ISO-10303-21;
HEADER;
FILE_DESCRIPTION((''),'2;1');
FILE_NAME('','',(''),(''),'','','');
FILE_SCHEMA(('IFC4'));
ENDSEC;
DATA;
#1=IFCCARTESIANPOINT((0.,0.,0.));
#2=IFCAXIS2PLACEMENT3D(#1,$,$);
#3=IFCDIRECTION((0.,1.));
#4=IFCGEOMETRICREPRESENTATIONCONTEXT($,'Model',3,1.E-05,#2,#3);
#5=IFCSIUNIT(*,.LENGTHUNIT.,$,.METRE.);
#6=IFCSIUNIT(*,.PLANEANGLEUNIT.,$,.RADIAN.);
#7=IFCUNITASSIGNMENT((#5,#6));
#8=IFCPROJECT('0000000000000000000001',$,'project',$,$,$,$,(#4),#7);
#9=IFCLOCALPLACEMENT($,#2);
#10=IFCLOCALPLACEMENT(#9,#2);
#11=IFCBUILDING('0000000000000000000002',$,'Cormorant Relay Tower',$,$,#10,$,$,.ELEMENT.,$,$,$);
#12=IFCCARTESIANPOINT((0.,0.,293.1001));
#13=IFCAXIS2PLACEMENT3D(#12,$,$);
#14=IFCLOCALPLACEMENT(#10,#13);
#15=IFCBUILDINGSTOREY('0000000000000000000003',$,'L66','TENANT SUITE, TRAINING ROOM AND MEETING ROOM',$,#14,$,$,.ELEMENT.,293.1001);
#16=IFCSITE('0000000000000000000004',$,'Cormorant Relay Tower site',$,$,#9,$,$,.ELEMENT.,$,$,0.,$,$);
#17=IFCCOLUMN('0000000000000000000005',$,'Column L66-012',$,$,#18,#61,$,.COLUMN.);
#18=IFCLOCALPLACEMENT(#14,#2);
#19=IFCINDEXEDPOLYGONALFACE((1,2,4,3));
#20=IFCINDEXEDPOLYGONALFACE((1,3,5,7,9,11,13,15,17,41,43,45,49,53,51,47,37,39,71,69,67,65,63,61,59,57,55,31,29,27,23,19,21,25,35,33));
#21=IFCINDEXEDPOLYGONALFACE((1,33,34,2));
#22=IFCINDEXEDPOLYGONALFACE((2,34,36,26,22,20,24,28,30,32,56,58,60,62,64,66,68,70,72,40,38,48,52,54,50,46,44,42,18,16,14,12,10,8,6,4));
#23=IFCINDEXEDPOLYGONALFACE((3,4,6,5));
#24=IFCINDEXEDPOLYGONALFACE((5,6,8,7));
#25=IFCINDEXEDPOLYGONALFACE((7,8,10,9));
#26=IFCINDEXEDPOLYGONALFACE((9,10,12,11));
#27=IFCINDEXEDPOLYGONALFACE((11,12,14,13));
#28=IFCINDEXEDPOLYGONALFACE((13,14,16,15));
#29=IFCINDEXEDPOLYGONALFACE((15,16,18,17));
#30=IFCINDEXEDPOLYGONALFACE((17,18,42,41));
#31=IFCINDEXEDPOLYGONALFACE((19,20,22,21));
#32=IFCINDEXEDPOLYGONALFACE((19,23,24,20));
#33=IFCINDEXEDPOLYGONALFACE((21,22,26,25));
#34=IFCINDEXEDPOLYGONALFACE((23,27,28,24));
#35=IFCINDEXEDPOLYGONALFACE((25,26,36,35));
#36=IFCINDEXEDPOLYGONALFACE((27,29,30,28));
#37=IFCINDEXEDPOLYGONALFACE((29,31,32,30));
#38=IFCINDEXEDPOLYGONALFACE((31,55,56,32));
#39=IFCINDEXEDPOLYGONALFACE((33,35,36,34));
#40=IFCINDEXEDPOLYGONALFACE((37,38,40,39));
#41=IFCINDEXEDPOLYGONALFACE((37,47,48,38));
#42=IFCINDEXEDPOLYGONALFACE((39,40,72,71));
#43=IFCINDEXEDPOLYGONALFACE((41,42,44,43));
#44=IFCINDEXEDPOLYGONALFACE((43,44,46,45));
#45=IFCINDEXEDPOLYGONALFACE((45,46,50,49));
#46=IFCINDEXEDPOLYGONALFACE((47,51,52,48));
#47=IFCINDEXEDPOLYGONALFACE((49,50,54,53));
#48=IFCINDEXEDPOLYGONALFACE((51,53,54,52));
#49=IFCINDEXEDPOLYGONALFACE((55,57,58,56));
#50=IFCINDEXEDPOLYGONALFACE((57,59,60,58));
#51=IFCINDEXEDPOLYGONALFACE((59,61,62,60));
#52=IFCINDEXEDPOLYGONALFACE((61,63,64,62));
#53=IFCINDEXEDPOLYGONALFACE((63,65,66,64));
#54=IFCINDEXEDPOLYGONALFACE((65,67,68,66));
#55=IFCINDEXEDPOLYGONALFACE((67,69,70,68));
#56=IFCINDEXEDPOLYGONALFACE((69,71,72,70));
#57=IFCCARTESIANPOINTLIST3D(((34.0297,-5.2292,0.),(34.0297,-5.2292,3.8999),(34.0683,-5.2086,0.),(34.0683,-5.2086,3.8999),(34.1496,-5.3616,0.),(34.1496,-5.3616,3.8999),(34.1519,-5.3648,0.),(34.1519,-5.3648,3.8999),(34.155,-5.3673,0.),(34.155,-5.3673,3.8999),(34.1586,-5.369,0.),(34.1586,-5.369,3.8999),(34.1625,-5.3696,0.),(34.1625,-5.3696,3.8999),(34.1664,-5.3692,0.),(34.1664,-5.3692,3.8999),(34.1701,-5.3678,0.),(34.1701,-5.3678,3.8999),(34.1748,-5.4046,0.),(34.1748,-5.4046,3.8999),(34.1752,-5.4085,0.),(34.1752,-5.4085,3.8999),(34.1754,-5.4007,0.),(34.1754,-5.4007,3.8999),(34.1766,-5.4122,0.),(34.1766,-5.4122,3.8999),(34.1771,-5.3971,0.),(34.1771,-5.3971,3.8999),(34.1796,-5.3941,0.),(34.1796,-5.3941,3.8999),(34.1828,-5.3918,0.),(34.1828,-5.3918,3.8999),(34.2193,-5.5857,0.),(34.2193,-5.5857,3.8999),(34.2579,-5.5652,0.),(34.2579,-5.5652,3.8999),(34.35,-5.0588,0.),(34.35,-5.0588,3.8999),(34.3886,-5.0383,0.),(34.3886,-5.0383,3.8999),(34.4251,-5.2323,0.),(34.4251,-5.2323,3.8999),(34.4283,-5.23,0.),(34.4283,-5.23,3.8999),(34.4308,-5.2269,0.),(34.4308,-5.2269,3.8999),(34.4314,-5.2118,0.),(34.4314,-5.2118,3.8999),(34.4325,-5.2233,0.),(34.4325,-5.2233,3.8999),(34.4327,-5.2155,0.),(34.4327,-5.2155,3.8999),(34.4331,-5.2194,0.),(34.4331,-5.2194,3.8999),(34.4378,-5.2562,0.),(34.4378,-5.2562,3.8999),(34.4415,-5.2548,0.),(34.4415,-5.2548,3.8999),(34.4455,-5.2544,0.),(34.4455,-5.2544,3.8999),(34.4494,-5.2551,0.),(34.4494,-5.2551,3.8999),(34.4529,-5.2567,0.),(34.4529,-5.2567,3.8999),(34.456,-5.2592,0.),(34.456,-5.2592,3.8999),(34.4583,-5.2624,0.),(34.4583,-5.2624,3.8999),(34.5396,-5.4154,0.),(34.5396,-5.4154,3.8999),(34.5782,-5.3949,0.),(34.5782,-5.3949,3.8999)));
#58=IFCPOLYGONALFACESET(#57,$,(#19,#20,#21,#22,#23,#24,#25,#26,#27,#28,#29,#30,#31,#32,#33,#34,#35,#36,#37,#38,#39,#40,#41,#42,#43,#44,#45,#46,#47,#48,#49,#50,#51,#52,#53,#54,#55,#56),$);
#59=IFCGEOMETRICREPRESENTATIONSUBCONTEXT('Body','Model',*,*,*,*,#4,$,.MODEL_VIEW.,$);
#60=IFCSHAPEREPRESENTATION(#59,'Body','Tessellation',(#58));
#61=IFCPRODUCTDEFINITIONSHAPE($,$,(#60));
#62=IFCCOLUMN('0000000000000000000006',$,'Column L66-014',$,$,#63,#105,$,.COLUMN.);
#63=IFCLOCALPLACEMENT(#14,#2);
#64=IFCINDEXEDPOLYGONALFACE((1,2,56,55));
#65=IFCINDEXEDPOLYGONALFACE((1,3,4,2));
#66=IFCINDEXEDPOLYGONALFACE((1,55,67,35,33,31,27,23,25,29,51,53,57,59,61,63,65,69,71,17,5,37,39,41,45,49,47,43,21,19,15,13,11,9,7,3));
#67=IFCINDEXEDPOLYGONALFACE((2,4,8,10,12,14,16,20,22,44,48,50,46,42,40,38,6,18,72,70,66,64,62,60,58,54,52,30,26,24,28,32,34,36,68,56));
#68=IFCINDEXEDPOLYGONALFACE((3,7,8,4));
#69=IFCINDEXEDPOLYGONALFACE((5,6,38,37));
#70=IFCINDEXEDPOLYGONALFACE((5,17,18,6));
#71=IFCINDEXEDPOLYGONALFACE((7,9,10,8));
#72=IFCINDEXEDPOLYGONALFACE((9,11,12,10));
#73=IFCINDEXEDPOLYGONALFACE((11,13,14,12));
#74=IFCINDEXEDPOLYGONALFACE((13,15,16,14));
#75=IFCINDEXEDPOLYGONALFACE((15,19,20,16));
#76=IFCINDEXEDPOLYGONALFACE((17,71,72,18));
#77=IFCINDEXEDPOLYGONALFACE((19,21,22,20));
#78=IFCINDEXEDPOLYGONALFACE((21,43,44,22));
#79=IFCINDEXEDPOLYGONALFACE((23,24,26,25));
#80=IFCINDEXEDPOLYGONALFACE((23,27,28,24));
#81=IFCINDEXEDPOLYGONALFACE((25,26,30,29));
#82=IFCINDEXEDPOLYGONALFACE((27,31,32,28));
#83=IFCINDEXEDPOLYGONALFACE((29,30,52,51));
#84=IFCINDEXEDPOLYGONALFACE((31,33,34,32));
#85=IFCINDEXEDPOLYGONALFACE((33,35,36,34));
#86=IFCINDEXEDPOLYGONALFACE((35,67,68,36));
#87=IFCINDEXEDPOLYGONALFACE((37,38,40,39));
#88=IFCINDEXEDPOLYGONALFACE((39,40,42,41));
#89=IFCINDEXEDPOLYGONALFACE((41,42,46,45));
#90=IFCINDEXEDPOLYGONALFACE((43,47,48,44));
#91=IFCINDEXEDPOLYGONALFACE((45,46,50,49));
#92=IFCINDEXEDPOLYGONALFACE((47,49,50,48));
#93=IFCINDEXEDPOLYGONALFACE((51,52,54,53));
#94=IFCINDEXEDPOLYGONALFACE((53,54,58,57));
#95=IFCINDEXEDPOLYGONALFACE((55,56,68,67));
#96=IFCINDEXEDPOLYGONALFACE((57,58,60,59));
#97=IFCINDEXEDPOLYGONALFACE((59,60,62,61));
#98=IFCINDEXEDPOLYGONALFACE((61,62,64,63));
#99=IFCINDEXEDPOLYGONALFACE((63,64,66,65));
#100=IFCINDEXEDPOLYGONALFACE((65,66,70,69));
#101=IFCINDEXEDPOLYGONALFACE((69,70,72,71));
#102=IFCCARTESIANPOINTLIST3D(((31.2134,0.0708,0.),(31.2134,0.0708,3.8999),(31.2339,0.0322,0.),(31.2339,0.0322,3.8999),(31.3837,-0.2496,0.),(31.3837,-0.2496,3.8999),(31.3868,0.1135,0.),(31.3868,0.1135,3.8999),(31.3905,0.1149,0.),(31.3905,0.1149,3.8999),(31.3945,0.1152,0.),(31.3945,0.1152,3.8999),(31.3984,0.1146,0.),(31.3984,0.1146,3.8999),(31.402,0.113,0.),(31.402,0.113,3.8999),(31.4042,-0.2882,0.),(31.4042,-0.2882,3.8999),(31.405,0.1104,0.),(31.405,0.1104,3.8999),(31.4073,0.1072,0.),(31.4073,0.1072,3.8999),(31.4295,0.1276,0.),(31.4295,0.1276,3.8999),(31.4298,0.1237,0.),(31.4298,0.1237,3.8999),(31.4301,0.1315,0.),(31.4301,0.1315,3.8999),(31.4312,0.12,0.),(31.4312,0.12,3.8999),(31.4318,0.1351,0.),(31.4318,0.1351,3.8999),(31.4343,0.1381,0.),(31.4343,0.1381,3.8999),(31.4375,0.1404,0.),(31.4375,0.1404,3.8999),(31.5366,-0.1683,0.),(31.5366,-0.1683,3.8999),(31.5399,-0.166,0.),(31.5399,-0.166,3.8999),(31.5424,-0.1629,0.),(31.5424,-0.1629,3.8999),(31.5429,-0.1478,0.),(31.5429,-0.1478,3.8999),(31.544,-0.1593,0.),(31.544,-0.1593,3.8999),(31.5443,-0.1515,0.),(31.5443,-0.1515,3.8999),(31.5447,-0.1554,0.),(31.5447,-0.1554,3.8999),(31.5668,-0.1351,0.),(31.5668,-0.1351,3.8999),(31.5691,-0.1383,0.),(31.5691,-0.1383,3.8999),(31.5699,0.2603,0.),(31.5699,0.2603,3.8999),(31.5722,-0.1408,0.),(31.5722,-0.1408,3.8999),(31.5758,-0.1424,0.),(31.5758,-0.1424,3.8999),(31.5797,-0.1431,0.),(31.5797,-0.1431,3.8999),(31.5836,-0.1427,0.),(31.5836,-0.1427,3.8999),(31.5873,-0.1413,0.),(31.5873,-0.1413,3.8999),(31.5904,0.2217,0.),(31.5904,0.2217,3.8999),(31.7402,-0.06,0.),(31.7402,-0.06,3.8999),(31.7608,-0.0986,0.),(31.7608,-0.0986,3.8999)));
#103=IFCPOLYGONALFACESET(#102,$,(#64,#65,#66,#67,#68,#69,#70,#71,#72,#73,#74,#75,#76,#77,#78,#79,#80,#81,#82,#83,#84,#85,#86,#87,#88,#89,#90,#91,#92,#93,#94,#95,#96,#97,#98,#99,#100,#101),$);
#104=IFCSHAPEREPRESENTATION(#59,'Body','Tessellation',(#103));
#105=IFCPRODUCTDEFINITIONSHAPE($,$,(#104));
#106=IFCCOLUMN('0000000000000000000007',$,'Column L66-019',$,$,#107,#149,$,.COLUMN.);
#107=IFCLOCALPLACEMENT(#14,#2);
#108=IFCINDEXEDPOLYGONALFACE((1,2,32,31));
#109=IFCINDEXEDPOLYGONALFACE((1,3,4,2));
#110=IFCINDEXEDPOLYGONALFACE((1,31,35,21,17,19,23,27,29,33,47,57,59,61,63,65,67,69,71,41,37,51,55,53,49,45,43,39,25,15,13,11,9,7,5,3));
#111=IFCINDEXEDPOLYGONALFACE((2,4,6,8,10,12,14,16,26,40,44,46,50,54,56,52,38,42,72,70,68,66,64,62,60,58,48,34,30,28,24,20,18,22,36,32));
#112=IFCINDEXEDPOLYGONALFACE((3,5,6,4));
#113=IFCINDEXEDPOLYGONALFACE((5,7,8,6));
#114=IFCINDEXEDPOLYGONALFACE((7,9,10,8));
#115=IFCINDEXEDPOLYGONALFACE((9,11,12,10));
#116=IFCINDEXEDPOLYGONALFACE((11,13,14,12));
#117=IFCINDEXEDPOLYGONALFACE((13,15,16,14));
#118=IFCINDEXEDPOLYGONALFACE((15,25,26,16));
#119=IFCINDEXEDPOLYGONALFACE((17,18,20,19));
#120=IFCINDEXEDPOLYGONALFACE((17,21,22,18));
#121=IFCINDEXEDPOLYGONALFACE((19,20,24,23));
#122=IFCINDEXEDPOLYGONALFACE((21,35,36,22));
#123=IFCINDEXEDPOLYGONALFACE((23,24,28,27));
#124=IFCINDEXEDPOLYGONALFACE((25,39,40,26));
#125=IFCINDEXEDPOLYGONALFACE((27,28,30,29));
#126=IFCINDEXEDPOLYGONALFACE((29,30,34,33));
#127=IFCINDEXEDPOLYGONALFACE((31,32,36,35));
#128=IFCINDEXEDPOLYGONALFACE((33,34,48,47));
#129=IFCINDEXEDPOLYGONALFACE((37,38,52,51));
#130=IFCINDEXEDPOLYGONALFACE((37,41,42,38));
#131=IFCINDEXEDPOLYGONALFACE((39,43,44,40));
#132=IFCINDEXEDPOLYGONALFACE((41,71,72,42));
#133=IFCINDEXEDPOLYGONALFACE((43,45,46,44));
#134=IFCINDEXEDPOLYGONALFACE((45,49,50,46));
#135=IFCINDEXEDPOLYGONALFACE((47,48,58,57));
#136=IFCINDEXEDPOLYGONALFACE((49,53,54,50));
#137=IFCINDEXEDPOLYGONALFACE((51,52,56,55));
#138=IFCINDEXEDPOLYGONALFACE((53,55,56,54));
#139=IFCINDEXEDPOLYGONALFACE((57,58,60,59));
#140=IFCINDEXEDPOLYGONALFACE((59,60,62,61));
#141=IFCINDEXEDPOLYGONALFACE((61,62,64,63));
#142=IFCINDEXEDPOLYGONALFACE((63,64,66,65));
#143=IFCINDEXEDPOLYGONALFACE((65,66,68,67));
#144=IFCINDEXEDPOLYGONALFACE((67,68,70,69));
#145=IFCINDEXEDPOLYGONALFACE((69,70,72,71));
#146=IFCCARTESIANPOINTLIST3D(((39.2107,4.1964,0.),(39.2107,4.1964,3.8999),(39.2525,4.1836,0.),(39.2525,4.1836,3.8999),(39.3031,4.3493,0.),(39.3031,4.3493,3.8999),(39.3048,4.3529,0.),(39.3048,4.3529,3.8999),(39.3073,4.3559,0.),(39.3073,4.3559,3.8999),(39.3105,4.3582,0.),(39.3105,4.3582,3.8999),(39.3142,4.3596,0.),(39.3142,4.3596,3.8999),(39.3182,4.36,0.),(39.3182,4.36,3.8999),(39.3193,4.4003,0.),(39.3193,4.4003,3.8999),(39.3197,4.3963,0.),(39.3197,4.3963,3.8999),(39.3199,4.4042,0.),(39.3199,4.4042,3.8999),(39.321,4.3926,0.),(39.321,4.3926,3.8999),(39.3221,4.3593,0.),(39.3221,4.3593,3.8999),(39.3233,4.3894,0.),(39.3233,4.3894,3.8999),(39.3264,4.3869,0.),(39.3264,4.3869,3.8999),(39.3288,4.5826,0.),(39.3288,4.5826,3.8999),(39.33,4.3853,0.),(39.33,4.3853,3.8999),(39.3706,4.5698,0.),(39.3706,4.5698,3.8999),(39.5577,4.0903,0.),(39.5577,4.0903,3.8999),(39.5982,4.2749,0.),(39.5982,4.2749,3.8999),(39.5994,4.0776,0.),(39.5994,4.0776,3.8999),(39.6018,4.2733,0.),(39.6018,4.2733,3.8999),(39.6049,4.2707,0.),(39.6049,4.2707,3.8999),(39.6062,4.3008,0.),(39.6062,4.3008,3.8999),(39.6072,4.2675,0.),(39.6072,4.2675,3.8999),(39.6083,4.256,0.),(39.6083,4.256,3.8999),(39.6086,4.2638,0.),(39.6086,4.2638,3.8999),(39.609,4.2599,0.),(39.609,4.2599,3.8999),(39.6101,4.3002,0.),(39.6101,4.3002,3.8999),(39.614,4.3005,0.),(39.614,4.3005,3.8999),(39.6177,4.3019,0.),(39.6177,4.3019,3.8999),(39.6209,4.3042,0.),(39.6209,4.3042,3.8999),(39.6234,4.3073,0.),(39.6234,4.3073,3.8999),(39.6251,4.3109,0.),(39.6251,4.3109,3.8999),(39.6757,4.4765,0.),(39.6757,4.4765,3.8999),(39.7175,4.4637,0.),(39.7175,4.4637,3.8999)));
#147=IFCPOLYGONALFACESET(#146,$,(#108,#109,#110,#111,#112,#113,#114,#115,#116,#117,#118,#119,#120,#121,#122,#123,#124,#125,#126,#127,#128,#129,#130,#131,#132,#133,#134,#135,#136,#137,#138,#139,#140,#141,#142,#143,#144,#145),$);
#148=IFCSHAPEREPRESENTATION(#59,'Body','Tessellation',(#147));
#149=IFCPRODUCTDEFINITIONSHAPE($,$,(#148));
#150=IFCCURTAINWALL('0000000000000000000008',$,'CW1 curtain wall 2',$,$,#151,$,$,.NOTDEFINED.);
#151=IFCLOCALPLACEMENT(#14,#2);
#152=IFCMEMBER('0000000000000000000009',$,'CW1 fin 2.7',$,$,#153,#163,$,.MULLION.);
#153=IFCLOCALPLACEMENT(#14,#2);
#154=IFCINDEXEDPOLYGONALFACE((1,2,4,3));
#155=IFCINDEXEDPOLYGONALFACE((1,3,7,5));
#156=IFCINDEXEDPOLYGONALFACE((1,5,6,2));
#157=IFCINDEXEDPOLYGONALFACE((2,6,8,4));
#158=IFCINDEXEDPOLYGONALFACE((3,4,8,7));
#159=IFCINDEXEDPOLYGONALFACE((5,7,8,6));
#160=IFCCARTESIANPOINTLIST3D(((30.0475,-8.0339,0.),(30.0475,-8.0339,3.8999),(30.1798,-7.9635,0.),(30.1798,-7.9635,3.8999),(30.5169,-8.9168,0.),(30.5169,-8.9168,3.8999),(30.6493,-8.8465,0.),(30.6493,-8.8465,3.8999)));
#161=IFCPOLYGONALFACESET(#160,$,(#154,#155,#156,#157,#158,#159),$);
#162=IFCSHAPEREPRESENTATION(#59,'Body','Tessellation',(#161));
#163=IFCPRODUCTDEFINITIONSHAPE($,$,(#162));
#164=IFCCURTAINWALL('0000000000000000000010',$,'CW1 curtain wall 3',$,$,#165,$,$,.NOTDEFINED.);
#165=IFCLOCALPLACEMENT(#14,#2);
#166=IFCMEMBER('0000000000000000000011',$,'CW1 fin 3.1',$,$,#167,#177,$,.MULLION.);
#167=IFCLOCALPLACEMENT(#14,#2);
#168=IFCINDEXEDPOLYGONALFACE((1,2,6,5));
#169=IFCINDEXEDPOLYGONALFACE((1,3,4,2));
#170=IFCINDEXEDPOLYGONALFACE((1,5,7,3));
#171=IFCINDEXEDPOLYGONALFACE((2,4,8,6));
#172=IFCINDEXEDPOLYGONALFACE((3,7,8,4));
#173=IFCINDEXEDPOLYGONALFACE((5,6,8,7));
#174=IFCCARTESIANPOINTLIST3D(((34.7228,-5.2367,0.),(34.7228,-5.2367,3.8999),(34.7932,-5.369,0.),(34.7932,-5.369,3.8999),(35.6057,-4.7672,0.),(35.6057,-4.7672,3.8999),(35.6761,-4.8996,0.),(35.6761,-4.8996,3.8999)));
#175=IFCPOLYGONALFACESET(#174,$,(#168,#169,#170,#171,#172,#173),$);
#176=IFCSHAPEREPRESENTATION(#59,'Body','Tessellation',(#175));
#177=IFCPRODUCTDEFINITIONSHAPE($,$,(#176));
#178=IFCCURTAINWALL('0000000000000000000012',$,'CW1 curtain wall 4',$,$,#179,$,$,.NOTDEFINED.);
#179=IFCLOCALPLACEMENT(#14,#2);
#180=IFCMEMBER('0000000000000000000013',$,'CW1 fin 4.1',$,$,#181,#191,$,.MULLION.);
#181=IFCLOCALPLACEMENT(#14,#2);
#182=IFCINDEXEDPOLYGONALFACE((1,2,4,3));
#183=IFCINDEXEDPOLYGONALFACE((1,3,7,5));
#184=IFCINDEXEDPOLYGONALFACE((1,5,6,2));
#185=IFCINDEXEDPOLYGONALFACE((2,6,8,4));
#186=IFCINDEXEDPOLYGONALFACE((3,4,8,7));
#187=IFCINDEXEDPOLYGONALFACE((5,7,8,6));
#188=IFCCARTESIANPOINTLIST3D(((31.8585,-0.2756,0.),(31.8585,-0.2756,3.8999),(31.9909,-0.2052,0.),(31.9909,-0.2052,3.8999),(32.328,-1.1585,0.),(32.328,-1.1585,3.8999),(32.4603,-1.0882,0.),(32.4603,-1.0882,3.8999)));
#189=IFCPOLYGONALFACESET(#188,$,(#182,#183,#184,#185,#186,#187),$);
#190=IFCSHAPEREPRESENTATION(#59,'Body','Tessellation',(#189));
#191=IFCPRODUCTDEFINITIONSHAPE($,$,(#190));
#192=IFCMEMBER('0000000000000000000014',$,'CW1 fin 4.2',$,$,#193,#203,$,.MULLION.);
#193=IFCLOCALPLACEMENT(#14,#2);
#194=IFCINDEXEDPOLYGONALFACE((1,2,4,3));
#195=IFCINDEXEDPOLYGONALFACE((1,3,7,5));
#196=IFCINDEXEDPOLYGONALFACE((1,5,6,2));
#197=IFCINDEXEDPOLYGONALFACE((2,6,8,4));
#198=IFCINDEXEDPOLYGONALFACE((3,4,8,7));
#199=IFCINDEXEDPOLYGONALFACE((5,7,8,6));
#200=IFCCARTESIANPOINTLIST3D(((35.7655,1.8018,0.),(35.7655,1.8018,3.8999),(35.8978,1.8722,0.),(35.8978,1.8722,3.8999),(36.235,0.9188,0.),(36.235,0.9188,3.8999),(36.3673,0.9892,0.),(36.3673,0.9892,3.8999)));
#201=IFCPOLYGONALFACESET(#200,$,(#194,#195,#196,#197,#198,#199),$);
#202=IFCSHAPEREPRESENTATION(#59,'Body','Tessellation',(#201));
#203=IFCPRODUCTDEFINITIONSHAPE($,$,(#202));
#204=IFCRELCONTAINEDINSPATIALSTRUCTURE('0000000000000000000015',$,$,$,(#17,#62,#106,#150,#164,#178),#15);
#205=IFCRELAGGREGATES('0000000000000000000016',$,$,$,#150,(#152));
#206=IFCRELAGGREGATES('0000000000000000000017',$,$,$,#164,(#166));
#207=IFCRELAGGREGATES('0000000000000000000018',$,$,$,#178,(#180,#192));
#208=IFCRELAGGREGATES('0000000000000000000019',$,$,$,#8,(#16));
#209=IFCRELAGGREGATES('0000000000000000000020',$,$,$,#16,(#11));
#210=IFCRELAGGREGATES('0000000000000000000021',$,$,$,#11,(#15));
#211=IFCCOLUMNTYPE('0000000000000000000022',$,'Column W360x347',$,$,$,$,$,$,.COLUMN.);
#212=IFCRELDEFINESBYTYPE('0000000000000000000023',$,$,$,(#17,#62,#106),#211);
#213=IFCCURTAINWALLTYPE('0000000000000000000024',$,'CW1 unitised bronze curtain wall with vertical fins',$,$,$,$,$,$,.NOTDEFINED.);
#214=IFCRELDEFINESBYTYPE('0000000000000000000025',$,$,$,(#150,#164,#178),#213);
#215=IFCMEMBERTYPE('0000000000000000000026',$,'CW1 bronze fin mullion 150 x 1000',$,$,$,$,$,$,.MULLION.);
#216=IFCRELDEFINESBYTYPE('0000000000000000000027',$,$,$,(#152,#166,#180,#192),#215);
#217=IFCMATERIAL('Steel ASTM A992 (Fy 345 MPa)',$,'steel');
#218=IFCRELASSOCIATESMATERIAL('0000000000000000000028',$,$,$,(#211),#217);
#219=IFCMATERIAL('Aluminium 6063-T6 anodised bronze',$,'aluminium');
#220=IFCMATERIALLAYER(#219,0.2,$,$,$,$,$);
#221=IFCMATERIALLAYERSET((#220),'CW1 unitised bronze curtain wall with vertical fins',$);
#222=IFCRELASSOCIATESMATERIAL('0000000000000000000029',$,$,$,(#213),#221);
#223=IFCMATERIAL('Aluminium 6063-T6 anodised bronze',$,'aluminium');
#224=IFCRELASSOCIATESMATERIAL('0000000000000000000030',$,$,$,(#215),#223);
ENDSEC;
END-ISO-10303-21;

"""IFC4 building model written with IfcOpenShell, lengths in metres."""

from ifc_helpers import new_model, si_unit, direction, frame, origin, origin_2d, place, context, subcontext, project, spatial, rectangle, i_section, extrude, material, layer, layer_set, material_profile, profile_set, type_object, element, aggregate, save


model = new_model("IFC4")

# Units and contexts
model_context = context("Model", 3, precision=1e-05, world=origin(), true_north=direction((0.0, 1.0)))
body_context = subcontext(model_context, "Body", "Model", "MODEL_VIEW")
ifc_project = project(units=[si_unit("LENGTHUNIT", "METRE"), si_unit("PLANEANGLEUNIT", "RADIAN")], contexts=[model_context])

# Site, building, storey
site_placement = place(None, origin())
site = spatial("IfcSite", under=ifc_project, at=site_placement, Name="Cormorant Relay Tower site", CompositionType="ELEMENT", RefElevation=0.0)
building_placement = place(site_placement, origin())
building = spatial("IfcBuilding", under=site, at=building_placement, Name="Cormorant Relay Tower", CompositionType="ELEMENT")
storey_placement = place(building_placement, frame((0.0, 0.0, 293.1001)))
storey = spatial("IfcBuildingStorey", under=building, at=storey_placement, Name="L66", Description="TENANT SUITE, TRAINING ROOM AND MEETING ROOM", CompositionType="ELEMENT", Elevation=293.1001)

# Columns
ifc_material_1 = material(Name="Steel ASTM A992 (Fy 345 MPa)", Category="steel")
ifc_material_profile_1 = material_profile(ifc_material_1, i_section(OverallWidth=0.4038, OverallDepth=0.4065, WebThickness=0.0271, FlangeThickness=0.0437, FilletRadius=0.0151, at=origin_2d()), Name="W360x347")
ifc_profile_set_1 = profile_set([ifc_material_profile_1], Name="Steel ASTM A992 (Fy 345 MPa)")
column_type = type_object("IfcColumnType", Name="Column W360x347", PredefinedType="COLUMN", material=ifc_profile_set_1)
for number, where, z_axis, x_axis, name in (
    (1, (34.304, -5.312, 0.0), (0.0, 0.0, 1.0), (-0.469472, 0.882948, 0.0), "Column L66-012"),
    (2, (31.4871, -0.0139, 0.0), (0.0, 0.0, 1.0), (0.882948, 0.469472, 0.0), "Column L66-014"),
    (3, (39.4641, 4.3301, 0.0), (0.0, 0.0, 1.0), (0.292372, 0.956305, 0.0), "Column L66-019"),
):
    element("IfcColumn", number, at=place(storey_placement, frame(where, z_axis=z_axis, x_axis=x_axis)), inside=storey, type_object=column_type, Name=name, PredefinedType="COLUMN", context=body_context, shape_type="SweptSolid", body=[
        extrude(i_section(OverallWidth=0.4038, OverallDepth=0.4065, WebThickness=0.0271, FlangeThickness=0.0437, FilletRadius=0.0151, at=origin_2d()), origin(), (0.0, 0.0, 1.0), 3.8999),
    ])

# Curtain walls, members
ifc_material_2 = material(Name="Aluminium 6063-T6 anodised bronze", Category="aluminium")
ifc_layer_1 = layer(ifc_material_2, 0.2)
ifc_layer_set_1 = layer_set([ifc_layer_1], Name="CW1 unitised bronze curtain wall with vertical fins")
curtain_wall_type = type_object("IfcCurtainWallType", Name="CW1 unitised bronze curtain wall with vertical fins", PredefinedType="NOTDEFINED", material=ifc_layer_set_1)
curtain_wall_1_placement = place(storey_placement, origin())
curtain_wall_1 = element("IfcCurtainWall", 4, at=curtain_wall_1_placement, inside=storey, type_object=curtain_wall_type, Name="CW1 curtain wall 2", PredefinedType="NOTDEFINED")
ifc_material_3 = material(Name="Aluminium 6063-T6 anodised bronze", Category="aluminium")
ifc_material_profile_2 = material_profile(ifc_material_3, rectangle(XDim=0.1499, YDim=1.0, at=origin_2d()), Name="AL 150x1000")
ifc_profile_set_2 = profile_set([ifc_material_profile_2], Name="Aluminium 6063-T6 anodised bronze")
member_type_1 = type_object("IfcMemberType", Name="CW1 bronze fin mullion 150 x 1000", PredefinedType="MULLION", material=ifc_profile_set_2)
member_1_placement = place(storey_placement, frame((30.3484, -8.4402, 0.0), z_axis=(0.0, 0.0, 1.0), x_axis=(0.882948, 0.469472, 0.0)))
member_1 = element("IfcMember", 5, at=member_1_placement, type_object=member_type_1, Name="CW1 fin 2.7", PredefinedType="MULLION", context=body_context, shape_type="SweptSolid", body=[
    extrude(rectangle(XDim=0.1499, YDim=1.0, at=origin_2d()), origin(), (0.0, 0.0, 1.0), 3.8999),
])
curtain_wall_2_placement = place(storey_placement, origin())
curtain_wall_2 = element("IfcCurtainWall", 6, at=curtain_wall_2_placement, inside=storey, type_object=curtain_wall_type, Name="CW1 curtain wall 3", PredefinedType="NOTDEFINED")
member_2_placement = place(storey_placement, frame((35.1995, -5.0681, 0.0), z_axis=(0.0, 0.0, 1.0), x_axis=(-0.469472, 0.882948, 0.0)))
member_2 = element("IfcMember", 7, at=member_2_placement, type_object=member_type_1, Name="CW1 fin 3.1", PredefinedType="MULLION", context=body_context, shape_type="SweptSolid", body=[
    extrude(rectangle(XDim=0.1499, YDim=1.0, at=origin_2d()), origin(), (0.0, 0.0, 1.0), 3.8999),
])

# Curtain wall, members
curtain_wall_3_placement = place(storey_placement, origin())
curtain_wall_3 = element("IfcCurtainWall", 8, at=curtain_wall_3_placement, inside=storey, type_object=curtain_wall_type, Name="CW1 curtain wall 4", PredefinedType="NOTDEFINED")
member_3_placement = place(storey_placement, frame((32.1594, -0.6819, 0.0), z_axis=(0.0, 0.0, 1.0), x_axis=(0.882948, 0.469472, 0.0)))
member_3 = element("IfcMember", 9, at=member_3_placement, type_object=member_type_1, Name="CW1 fin 4.1", PredefinedType="MULLION", context=body_context, shape_type="SweptSolid", body=[
    extrude(rectangle(XDim=0.1499, YDim=1.0, at=origin_2d()), origin(), (0.0, 0.0, 1.0), 3.8999),
])
member_4_placement = place(storey_placement, frame((36.0664, 1.3955, 0.0), z_axis=(0.0, 0.0, 1.0), x_axis=(0.882948, 0.469472, 0.0)))
member_4 = element("IfcMember", 10, at=member_4_placement, type_object=member_type_1, Name="CW1 fin 4.2", PredefinedType="MULLION", context=body_context, shape_type="SweptSolid", body=[
    extrude(rectangle(XDim=0.1499, YDim=1.0, at=origin_2d()), origin(), (0.0, 0.0, 1.0), 3.8999),
])

aggregate(curtain_wall_1, [member_1])
aggregate(curtain_wall_2, [member_2])
aggregate(curtain_wall_3, [member_3, member_4])

save(model, "model.ifc")
